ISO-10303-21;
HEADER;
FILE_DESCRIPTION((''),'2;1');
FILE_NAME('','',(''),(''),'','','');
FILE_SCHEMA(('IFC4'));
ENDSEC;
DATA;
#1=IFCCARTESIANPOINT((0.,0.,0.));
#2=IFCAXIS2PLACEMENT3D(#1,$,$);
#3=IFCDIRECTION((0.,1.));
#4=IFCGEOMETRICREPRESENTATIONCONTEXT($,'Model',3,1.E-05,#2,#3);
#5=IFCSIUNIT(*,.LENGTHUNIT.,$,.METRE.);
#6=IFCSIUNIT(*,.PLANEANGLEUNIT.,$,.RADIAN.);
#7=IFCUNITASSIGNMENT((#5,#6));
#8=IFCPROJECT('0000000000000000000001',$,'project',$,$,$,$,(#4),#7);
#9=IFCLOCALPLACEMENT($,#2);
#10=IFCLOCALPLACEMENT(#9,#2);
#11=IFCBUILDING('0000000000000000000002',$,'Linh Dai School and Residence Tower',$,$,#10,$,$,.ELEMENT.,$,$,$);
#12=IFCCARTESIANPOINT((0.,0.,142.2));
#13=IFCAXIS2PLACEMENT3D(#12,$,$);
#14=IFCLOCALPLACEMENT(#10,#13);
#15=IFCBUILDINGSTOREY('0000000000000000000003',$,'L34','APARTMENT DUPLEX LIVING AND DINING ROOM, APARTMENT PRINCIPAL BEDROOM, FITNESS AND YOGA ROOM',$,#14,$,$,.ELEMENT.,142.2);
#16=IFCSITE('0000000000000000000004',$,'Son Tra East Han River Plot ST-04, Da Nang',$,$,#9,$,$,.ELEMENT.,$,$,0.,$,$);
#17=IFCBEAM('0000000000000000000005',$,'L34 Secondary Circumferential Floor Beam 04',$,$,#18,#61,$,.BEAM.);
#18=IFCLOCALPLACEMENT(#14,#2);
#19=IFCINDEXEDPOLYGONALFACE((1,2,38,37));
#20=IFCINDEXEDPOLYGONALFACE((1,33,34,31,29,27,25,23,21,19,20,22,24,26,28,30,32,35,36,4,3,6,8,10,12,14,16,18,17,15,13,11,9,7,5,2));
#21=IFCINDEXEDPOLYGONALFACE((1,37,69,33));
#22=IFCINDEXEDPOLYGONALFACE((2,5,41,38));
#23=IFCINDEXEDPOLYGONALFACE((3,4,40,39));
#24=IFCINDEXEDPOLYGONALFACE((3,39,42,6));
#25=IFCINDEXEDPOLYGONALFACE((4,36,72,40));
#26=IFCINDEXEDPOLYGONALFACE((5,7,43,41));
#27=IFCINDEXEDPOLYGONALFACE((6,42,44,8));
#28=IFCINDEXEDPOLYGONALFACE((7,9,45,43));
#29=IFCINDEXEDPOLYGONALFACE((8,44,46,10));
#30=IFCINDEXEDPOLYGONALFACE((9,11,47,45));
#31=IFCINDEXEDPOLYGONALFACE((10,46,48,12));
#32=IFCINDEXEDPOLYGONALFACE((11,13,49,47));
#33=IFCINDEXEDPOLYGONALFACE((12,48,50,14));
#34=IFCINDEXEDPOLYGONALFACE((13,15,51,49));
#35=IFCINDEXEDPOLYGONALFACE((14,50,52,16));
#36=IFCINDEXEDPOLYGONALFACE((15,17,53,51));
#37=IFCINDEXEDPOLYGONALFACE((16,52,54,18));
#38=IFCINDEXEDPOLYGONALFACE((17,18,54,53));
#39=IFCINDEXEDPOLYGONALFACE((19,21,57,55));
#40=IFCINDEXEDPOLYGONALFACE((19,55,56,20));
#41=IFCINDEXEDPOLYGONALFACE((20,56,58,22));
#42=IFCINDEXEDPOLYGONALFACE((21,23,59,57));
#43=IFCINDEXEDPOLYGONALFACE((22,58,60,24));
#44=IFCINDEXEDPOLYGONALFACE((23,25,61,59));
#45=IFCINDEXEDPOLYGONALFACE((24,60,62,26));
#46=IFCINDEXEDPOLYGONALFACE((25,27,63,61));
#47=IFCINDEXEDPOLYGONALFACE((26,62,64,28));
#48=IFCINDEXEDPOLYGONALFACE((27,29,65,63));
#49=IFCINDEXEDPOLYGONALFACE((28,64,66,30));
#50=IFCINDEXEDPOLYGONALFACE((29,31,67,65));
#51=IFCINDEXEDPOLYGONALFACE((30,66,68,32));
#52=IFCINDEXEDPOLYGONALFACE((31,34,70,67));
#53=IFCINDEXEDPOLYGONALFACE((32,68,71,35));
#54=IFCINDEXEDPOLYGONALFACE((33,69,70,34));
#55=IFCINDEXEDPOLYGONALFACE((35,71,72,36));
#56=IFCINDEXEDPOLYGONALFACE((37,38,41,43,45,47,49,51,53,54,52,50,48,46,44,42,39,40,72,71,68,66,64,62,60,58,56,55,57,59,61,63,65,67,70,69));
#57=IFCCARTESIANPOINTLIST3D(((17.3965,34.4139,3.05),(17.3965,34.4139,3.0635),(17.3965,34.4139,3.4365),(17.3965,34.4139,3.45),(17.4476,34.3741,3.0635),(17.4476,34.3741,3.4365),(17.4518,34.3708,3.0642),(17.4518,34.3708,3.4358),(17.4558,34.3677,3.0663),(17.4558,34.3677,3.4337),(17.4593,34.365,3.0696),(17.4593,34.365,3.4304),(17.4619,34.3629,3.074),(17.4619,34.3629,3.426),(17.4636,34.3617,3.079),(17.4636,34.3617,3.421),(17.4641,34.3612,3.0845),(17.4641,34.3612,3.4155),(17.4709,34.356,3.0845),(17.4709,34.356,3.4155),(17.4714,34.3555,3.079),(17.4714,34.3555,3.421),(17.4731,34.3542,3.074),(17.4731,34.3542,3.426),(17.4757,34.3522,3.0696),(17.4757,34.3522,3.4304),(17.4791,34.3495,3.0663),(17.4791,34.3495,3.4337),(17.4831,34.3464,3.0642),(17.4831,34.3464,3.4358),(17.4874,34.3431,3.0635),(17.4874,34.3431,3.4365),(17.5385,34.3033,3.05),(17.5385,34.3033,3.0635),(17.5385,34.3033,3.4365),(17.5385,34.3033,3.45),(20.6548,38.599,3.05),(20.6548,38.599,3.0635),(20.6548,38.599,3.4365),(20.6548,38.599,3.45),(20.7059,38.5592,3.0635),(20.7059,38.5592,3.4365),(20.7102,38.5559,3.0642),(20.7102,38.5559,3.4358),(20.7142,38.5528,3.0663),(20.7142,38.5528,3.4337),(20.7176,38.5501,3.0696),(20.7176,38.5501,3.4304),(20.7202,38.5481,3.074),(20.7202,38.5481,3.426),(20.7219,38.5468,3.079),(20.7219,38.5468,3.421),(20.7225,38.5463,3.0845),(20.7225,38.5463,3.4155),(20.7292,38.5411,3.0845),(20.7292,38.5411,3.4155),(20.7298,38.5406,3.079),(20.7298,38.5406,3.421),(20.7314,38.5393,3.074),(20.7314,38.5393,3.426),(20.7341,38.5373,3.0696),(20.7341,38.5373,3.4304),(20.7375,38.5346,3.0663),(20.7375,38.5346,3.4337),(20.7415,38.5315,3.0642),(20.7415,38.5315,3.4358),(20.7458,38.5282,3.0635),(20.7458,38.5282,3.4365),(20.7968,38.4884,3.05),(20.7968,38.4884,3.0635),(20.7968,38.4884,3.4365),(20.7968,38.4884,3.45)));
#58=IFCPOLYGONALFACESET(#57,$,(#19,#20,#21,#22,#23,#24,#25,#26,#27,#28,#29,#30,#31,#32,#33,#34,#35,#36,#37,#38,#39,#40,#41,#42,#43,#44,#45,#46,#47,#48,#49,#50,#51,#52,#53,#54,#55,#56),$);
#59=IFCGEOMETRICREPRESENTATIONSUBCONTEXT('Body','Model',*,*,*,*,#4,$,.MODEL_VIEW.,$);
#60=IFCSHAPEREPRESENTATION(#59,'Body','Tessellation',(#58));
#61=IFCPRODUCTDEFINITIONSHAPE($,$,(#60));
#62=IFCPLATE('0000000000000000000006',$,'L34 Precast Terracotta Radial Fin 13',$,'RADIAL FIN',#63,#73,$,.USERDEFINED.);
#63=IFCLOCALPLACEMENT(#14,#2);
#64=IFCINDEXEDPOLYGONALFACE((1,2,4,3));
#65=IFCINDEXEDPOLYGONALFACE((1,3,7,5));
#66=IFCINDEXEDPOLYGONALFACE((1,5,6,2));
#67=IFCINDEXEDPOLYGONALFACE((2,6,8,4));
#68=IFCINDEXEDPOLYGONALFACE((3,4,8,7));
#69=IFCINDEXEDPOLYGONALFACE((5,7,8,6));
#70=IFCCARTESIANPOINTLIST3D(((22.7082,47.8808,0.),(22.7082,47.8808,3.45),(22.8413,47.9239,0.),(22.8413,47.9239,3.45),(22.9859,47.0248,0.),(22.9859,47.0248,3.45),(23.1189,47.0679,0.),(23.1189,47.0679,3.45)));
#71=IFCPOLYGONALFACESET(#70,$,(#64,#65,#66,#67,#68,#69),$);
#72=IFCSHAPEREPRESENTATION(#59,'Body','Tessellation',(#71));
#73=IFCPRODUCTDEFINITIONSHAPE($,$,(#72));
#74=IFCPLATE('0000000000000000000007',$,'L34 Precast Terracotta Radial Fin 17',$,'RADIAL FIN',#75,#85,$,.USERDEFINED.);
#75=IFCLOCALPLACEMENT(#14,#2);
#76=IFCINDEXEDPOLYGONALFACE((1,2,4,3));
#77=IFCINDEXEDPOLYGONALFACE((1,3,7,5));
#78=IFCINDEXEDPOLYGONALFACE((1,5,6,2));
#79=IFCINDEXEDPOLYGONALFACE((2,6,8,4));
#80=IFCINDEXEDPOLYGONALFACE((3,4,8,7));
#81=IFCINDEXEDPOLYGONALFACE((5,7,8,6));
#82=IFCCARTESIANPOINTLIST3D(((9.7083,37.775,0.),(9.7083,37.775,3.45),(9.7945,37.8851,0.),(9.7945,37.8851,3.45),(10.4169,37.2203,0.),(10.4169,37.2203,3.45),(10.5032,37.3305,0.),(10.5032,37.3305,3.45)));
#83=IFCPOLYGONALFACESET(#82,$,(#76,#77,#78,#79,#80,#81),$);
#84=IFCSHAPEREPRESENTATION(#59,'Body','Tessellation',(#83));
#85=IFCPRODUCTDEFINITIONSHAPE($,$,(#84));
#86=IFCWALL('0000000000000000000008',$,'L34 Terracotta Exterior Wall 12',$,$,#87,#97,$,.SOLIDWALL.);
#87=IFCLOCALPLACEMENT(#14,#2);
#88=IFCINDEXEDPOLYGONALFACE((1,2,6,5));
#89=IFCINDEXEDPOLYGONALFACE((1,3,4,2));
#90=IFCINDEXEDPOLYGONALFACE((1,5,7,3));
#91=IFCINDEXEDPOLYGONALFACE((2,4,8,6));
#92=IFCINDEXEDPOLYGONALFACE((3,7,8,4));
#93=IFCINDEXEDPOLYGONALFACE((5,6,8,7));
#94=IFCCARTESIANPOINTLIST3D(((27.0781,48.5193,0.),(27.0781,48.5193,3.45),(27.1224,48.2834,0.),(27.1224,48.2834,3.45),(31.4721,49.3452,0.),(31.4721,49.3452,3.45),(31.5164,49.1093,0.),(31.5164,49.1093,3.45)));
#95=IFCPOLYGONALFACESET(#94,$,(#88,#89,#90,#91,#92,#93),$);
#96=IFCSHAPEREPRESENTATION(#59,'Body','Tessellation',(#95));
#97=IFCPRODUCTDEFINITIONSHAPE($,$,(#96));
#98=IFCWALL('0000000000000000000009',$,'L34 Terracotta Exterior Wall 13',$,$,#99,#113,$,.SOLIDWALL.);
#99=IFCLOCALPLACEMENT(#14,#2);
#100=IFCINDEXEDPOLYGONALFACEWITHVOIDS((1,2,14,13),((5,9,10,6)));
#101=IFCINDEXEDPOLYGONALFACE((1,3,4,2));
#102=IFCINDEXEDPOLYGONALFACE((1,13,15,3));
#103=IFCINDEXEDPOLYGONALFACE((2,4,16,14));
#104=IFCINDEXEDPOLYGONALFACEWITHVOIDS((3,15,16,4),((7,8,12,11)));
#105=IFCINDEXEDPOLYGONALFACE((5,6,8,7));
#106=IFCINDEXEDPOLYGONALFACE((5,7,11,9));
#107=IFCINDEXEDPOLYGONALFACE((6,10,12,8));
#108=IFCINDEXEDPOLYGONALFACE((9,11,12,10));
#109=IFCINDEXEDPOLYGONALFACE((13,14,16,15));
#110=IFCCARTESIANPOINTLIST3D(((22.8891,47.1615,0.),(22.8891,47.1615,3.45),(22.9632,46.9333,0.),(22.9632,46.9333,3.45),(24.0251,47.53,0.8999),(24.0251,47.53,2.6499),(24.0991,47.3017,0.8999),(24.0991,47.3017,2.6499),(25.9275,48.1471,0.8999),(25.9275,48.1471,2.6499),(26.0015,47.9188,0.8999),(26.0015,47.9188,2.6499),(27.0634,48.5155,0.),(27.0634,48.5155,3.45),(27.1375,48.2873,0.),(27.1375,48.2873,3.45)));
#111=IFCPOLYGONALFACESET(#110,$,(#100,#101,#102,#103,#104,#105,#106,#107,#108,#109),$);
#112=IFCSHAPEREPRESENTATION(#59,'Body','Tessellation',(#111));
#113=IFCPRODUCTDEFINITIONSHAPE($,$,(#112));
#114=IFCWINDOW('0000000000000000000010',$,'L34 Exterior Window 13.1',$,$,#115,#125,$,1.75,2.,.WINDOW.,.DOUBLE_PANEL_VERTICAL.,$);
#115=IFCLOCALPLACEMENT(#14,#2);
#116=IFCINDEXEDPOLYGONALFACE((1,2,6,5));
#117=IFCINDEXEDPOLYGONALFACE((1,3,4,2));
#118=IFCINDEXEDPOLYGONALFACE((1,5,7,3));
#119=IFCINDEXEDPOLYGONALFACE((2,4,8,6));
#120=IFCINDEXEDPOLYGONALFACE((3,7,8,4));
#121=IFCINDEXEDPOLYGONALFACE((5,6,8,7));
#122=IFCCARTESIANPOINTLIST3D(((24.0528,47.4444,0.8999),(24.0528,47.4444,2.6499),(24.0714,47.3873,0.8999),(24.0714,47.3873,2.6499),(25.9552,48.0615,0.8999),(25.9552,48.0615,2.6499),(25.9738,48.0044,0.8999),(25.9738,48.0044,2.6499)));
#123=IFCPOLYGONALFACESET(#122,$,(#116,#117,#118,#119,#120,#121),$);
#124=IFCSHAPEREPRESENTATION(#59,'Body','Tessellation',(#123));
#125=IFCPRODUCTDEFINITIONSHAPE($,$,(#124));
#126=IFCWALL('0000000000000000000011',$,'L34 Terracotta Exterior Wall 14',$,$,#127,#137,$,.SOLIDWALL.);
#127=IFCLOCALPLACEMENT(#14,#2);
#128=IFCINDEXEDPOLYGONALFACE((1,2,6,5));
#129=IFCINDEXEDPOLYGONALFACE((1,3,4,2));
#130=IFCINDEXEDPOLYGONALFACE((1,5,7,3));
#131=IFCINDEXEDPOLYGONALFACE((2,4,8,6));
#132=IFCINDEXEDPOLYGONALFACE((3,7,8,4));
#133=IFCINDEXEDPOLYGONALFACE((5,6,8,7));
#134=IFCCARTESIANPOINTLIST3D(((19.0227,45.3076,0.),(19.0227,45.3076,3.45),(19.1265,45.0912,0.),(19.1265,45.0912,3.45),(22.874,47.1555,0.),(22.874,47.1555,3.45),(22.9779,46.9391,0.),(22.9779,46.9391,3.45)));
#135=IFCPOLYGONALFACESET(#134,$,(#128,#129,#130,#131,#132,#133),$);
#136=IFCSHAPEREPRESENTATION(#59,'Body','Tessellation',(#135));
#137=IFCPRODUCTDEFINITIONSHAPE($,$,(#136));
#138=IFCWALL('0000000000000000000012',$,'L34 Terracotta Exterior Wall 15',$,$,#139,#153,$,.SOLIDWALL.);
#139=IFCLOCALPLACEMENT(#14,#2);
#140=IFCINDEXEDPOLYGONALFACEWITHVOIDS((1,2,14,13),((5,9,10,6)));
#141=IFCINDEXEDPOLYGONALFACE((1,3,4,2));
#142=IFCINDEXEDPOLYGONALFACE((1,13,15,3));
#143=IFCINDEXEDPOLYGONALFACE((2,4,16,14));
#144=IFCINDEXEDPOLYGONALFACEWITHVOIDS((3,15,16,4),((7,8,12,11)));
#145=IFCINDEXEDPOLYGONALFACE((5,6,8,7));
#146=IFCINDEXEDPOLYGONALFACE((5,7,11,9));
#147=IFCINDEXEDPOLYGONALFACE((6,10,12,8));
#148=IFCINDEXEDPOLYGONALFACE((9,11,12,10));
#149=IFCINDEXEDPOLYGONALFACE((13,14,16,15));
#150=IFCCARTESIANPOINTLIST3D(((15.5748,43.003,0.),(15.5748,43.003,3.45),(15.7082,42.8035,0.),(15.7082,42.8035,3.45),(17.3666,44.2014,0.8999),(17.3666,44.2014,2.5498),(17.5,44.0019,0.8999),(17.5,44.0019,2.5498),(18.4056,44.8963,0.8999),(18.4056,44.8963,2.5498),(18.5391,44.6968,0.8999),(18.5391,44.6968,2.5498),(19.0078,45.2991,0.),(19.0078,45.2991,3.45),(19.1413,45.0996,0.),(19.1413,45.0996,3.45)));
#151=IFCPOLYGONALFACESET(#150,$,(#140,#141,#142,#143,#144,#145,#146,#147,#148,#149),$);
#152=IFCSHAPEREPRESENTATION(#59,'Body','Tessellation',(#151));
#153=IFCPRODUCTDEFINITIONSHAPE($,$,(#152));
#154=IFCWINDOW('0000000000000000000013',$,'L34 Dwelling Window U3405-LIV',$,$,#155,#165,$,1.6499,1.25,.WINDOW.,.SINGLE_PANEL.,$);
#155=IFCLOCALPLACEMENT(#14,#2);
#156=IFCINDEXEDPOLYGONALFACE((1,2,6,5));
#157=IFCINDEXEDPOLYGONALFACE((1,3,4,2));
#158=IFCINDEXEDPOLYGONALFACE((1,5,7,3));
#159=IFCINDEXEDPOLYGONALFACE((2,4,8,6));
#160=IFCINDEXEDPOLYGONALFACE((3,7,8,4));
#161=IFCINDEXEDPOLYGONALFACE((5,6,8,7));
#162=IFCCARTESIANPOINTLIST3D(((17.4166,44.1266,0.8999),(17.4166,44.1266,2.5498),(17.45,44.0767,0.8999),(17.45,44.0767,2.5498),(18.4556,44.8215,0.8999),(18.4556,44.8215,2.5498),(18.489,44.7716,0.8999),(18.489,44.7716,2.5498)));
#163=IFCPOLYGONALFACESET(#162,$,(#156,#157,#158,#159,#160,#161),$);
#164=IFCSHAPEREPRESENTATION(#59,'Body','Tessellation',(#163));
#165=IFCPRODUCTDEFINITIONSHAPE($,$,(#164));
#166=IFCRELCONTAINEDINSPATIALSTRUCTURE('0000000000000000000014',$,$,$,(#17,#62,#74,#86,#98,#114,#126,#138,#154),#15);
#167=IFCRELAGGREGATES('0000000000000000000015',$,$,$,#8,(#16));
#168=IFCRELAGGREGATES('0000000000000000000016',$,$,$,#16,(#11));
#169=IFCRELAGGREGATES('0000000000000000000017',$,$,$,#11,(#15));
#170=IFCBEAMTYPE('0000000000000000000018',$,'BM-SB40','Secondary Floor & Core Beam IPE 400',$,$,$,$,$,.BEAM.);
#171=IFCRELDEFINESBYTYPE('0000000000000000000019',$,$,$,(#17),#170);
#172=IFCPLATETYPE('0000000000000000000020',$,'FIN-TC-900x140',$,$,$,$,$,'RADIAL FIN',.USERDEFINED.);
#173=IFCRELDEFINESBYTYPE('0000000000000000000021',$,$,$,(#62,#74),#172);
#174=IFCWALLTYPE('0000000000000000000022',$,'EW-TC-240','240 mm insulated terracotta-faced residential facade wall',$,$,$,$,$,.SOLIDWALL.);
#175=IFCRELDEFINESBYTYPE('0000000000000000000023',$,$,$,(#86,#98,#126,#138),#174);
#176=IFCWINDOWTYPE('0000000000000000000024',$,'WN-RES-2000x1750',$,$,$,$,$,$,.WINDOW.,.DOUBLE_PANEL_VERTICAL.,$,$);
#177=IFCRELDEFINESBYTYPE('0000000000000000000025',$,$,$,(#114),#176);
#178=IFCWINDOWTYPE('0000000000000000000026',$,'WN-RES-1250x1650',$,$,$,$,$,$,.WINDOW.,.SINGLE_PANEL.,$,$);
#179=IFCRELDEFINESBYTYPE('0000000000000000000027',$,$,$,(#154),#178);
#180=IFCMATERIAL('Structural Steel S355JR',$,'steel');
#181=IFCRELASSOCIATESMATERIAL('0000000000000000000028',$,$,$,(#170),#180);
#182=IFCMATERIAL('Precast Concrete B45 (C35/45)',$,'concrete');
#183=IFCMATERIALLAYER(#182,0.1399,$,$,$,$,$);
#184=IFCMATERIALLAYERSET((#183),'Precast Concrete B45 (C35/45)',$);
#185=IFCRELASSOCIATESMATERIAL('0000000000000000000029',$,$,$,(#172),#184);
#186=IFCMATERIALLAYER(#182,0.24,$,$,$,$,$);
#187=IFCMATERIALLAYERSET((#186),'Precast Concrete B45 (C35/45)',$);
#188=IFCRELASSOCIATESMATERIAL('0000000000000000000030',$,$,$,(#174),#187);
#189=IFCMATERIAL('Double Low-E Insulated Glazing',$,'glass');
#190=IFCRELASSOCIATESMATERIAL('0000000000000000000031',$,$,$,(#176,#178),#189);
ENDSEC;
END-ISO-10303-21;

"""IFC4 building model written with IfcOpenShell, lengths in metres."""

from ifc_helpers import new_model, si_unit, direction, frame, frame_2d, origin, origin_2d, place, context, subcontext, project, spatial, rectangle, i_section, extrude, source, transform, mapped, material, layer, layer_set, material_profile, profile_set, type_object, element, fill, save


model = new_model("IFC4")

# Units and contexts
model_context = context("Model", 3, precision=1e-05, world=origin(), true_north=direction((0.0, 1.0)))
body_context = subcontext(model_context, "Body", "Model", "MODEL_VIEW")
ifc_project = project(units=[si_unit("LENGTHUNIT", "METRE"), si_unit("PLANEANGLEUNIT", "RADIAN")], contexts=[model_context])

# Site, building, storey
site_placement = place(None, origin())
site = spatial("IfcSite", under=ifc_project, at=site_placement, Name="Son Tra East Han River Plot ST-04, Da Nang", CompositionType="ELEMENT", RefElevation=0.0)
building_placement = place(site_placement, origin())
building = spatial("IfcBuilding", under=site, at=building_placement, Name="Linh Dai School and Residence Tower", CompositionType="ELEMENT")
storey_placement = place(building_placement, frame((0.0, 0.0, 142.2)))
storey = spatial("IfcBuildingStorey", under=building, at=storey_placement, Name="L34", Description="APARTMENT DUPLEX LIVING AND DINING ROOM, APARTMENT PRINCIPAL BEDROOM, FITNESS AND YOGA ROOM", CompositionType="ELEMENT", Elevation=142.2)

# Shared definitions
ifc_material_1 = material(Name="Structural Steel S355JR", Category="steel")

# Beam
ifc_material_profile_1 = material_profile(ifc_material_1, i_section(OverallWidth=0.1799, OverallDepth=0.3999, WebThickness=0.0085, FlangeThickness=0.0134, FilletRadius=0.021, at=origin_2d()), Name="IPE 400")
ifc_profile_set_1 = profile_set([ifc_material_profile_1], Name="Structural Steel S355JR")
beam_type_1 = type_object("IfcBeamType", Name="BM-SB40", Description="Secondary Floor & Core Beam IPE 400", PredefinedType="BEAM", material=ifc_profile_set_1)
beam_1_placement = place(storey_placement, frame((20.7258, 38.5437, 3.25), z_axis=(-0.614323, -0.789055, 0.0), x_axis=(0.789055, -0.614323, 0.0)))
element("IfcBeam", 1, at=beam_1_placement, inside=storey, type_object=beam_type_1, Name="L34 Secondary Circumferential Floor Beam 04", PredefinedType="BEAM", context=body_context, shape_type="SweptSolid", body=[
    extrude(i_section(OverallWidth=0.1799, OverallDepth=0.3999, WebThickness=0.0085, FlangeThickness=0.0134, FilletRadius=0.021, at=origin_2d()), origin(), (0.0, 0.0, 1.0), 5.304),
])

# Plates
ifc_material_2 = material(Name="Precast Concrete B45 (C35/45)", Category="concrete")
ifc_layer_1 = layer(ifc_material_2, 0.1399)
ifc_layer_set_1 = layer_set([ifc_layer_1], Name="Precast Concrete B45 (C35/45)")
plate_type = type_object("IfcPlateType", Name="FIN-TC-900x140", ElementType="RADIAL FIN", PredefinedType="USERDEFINED", material=ifc_layer_set_1)
shared_shape_1 = source(origin(), body_context, "Body", "SweptSolid", [
    extrude(rectangle(XDim=0.8999, YDim=0.1399, at=origin_2d()), origin(), (0.0, 0.0, 1.0), 3.45),
])
for number, where, z_axis, x_axis, name in (
    (2, (22.9136, 47.4744, 0.0), (0.0, 0.0, 1.0), (-0.308522, 0.951217, 0.0), "L34 Precast Terracotta Radial Fin 13"),
    (3, (10.1057, 37.5527, 0.0), (0.0, 0.0, 1.0), (-0.787508, 0.616305, 0.0), "L34 Precast Terracotta Radial Fin 17"),
):
    element("IfcPlate", number, at=place(storey_placement, frame(where, z_axis=z_axis, x_axis=x_axis)), inside=storey, type_object=plate_type, Name=name, ObjectType="RADIAL FIN", PredefinedType="USERDEFINED", context=body_context, shape_type="MappedRepresentation", body=[
        mapped(shared_shape_1, transform((0.0, 0.0, 0.0), x_axis=(1.0, 0.0, 0.0), y_axis=(0.0, 1.0, 0.0), z_axis=(0.0, 0.0, 1.0), scale=1.0)),
    ])

# Wall
ifc_layer_2 = layer(ifc_material_2, 0.24)
ifc_layer_set_2 = layer_set([ifc_layer_2], Name="Precast Concrete B45 (C35/45)")
wall_type_1 = type_object("IfcWallType", Name="EW-TC-240", Description="240 mm insulated terracotta-faced residential facade wall", PredefinedType="SOLIDWALL", material=ifc_layer_set_2)
wall_1_placement = place(storey_placement, frame((27.1003, 48.4014, 0.0), z_axis=(0.0, 0.0, 1.0), x_axis=(0.982789, 0.18473, 0.0)))
element("IfcWall", 4, at=wall_1_placement, inside=storey, type_object=wall_type_1, Name="L34 Terracotta Exterior Wall 12", PredefinedType="SOLIDWALL", context=body_context, shape_type="SweptSolid", body=[
    extrude(rectangle(XDim=4.4709, YDim=0.24, at=frame_2d((2.2354, 0.0))), origin(), (0.0, 0.0, 1.0), 3.45),
])

# Wall, opening, window
wall_2_placement = place(storey_placement, frame((22.926, 47.0474, 0.0), z_axis=(0.0, 0.0, 1.0), x_axis=(0.951211, 0.30854, 0.0)))
wall_2 = element("IfcWall", 5, at=wall_2_placement, inside=storey, type_object=wall_type_1, Name="L34 Terracotta Exterior Wall 13", PredefinedType="SOLIDWALL", context=body_context, shape_type="SweptSolid", body=[
    extrude(rectangle(XDim=4.3884, YDim=0.24, at=frame_2d((2.1943, 0.0))), origin(), (0.0, 0.0, 1.0), 3.45),
])
opening_1_placement = place(wall_2_placement, frame((1.1943, 0.0, 0.8999)))
opening_1 = element("IfcOpeningElement", 6, at=opening_1_placement, cuts=wall_2, PredefinedType="OPENING", context=body_context, shape_type="SweptSolid", body=[
    extrude(rectangle(XDim=2.0, YDim=1.75, at=origin_2d()), frame((1.0, 0.1299, 0.875), z_axis=(0.0, -1.0, 0.0), x_axis=(1.0, 0.0, 0.0)), (0.0, 0.0, 1.0), 0.26),
])
ifc_material_3 = material(Name="Double Low-E Insulated Glazing", Category="glass")
window_type_1 = type_object("IfcWindowType", Name="WN-RES-2000x1750", PartitioningType="DOUBLE_PANEL_VERTICAL", PredefinedType="WINDOW", material=ifc_material_3)
shared_shape_2 = source(origin(), body_context, "Body", "SweptSolid", [
    extrude(rectangle(XDim=2.0, YDim=1.75, at=origin_2d()), frame((1.0, 0.03, 0.875), z_axis=(0.0, -1.0, 0.0), x_axis=(1.0, 0.0, 0.0)), (0.0, 0.0, 1.0), 0.0601),
])
window_1_placement = place(opening_1_placement, origin())
window_1 = element("IfcWindow", 7, at=window_1_placement, inside=storey, type_object=window_type_1, Name="L34 Exterior Window 13.1", OverallHeight=1.75, OverallWidth=2.0, PartitioningType="DOUBLE_PANEL_VERTICAL", PredefinedType="WINDOW", context=body_context, shape_type="MappedRepresentation", body=[
    mapped(shared_shape_2, transform((0.0, 0.0, 0.0), x_axis=(1.0, 0.0, 0.0), y_axis=(0.0, 1.0, 0.0), z_axis=(0.0, 0.0, 1.0), scale=1.0)),
])
fill(opening_1, window_1)

# Wall
wall_3_placement = place(storey_placement, frame((19.0747, 45.1995, 0.0), z_axis=(0.0, 0.0, 1.0), x_axis=(0.90159, 0.432592, 0.0)))
element("IfcWall", 8, at=wall_3_placement, inside=storey, type_object=wall_type_1, Name="L34 Terracotta Exterior Wall 14", PredefinedType="SOLIDWALL", context=body_context, shape_type="SweptSolid", body=[
    extrude(rectangle(XDim=4.2717, YDim=0.24, at=frame_2d((2.1357, 0.0))), origin(), (0.0, 0.0, 1.0), 3.45),
])

# Wall, opening, window
wall_4_placement = place(storey_placement, frame((15.6416, 42.9033, 0.0), z_axis=(0.0, 0.0, 1.0), x_axis=(0.831222, 0.555941, 0.0)))
wall_4 = element("IfcWall", 9, at=wall_4_placement, inside=storey, type_object=wall_type_1, Name="L34 Terracotta Exterior Wall 15", PredefinedType="SOLIDWALL", context=body_context, shape_type="SweptSolid", body=[
    extrude(rectangle(XDim=4.1301, YDim=0.24, at=frame_2d((2.0649, 0.0))), origin(), (0.0, 0.0, 1.0), 3.45),
])
opening_2_placement = place(wall_4_placement, frame((2.1555, 0.0, 0.8999)))
opening_2 = element("IfcOpeningElement", 10, at=opening_2_placement, cuts=wall_4, PredefinedType="OPENING", context=body_context, shape_type="SweptSolid", body=[
    extrude(rectangle(XDim=1.25, YDim=1.6499, at=origin_2d()), frame((0.625, 0.1299, 0.825), z_axis=(0.0, -1.0, 0.0), x_axis=(1.0, 0.0, 0.0)), (0.0, 0.0, 1.0), 0.26),
])
window_type_2 = type_object("IfcWindowType", Name="WN-RES-1250x1650", PartitioningType="SINGLE_PANEL", PredefinedType="WINDOW", material=ifc_material_3)
shared_shape_3 = source(origin(), body_context, "Body", "SweptSolid", [
    extrude(rectangle(XDim=1.25, YDim=1.6499, at=origin_2d()), frame((0.625, 0.03, 0.825), z_axis=(0.0, -1.0, 0.0), x_axis=(1.0, 0.0, 0.0)), (0.0, 0.0, 1.0), 0.0601),
])
window_2_placement = place(opening_2_placement, origin())
window_2 = element("IfcWindow", 11, at=window_2_placement, inside=storey, type_object=window_type_2, Name="L34 Dwelling Window U3405-LIV", OverallHeight=1.6499, OverallWidth=1.25, PartitioningType="SINGLE_PANEL", PredefinedType="WINDOW", context=body_context, shape_type="MappedRepresentation", body=[
    mapped(shared_shape_3, transform((0.0, 0.0, 0.0), x_axis=(1.0, 0.0, 0.0), y_axis=(0.0, 1.0, 0.0), z_axis=(0.0, 0.0, 1.0), scale=1.0)),
])
fill(opening_2, window_2)

save(model, "model.ifc")
